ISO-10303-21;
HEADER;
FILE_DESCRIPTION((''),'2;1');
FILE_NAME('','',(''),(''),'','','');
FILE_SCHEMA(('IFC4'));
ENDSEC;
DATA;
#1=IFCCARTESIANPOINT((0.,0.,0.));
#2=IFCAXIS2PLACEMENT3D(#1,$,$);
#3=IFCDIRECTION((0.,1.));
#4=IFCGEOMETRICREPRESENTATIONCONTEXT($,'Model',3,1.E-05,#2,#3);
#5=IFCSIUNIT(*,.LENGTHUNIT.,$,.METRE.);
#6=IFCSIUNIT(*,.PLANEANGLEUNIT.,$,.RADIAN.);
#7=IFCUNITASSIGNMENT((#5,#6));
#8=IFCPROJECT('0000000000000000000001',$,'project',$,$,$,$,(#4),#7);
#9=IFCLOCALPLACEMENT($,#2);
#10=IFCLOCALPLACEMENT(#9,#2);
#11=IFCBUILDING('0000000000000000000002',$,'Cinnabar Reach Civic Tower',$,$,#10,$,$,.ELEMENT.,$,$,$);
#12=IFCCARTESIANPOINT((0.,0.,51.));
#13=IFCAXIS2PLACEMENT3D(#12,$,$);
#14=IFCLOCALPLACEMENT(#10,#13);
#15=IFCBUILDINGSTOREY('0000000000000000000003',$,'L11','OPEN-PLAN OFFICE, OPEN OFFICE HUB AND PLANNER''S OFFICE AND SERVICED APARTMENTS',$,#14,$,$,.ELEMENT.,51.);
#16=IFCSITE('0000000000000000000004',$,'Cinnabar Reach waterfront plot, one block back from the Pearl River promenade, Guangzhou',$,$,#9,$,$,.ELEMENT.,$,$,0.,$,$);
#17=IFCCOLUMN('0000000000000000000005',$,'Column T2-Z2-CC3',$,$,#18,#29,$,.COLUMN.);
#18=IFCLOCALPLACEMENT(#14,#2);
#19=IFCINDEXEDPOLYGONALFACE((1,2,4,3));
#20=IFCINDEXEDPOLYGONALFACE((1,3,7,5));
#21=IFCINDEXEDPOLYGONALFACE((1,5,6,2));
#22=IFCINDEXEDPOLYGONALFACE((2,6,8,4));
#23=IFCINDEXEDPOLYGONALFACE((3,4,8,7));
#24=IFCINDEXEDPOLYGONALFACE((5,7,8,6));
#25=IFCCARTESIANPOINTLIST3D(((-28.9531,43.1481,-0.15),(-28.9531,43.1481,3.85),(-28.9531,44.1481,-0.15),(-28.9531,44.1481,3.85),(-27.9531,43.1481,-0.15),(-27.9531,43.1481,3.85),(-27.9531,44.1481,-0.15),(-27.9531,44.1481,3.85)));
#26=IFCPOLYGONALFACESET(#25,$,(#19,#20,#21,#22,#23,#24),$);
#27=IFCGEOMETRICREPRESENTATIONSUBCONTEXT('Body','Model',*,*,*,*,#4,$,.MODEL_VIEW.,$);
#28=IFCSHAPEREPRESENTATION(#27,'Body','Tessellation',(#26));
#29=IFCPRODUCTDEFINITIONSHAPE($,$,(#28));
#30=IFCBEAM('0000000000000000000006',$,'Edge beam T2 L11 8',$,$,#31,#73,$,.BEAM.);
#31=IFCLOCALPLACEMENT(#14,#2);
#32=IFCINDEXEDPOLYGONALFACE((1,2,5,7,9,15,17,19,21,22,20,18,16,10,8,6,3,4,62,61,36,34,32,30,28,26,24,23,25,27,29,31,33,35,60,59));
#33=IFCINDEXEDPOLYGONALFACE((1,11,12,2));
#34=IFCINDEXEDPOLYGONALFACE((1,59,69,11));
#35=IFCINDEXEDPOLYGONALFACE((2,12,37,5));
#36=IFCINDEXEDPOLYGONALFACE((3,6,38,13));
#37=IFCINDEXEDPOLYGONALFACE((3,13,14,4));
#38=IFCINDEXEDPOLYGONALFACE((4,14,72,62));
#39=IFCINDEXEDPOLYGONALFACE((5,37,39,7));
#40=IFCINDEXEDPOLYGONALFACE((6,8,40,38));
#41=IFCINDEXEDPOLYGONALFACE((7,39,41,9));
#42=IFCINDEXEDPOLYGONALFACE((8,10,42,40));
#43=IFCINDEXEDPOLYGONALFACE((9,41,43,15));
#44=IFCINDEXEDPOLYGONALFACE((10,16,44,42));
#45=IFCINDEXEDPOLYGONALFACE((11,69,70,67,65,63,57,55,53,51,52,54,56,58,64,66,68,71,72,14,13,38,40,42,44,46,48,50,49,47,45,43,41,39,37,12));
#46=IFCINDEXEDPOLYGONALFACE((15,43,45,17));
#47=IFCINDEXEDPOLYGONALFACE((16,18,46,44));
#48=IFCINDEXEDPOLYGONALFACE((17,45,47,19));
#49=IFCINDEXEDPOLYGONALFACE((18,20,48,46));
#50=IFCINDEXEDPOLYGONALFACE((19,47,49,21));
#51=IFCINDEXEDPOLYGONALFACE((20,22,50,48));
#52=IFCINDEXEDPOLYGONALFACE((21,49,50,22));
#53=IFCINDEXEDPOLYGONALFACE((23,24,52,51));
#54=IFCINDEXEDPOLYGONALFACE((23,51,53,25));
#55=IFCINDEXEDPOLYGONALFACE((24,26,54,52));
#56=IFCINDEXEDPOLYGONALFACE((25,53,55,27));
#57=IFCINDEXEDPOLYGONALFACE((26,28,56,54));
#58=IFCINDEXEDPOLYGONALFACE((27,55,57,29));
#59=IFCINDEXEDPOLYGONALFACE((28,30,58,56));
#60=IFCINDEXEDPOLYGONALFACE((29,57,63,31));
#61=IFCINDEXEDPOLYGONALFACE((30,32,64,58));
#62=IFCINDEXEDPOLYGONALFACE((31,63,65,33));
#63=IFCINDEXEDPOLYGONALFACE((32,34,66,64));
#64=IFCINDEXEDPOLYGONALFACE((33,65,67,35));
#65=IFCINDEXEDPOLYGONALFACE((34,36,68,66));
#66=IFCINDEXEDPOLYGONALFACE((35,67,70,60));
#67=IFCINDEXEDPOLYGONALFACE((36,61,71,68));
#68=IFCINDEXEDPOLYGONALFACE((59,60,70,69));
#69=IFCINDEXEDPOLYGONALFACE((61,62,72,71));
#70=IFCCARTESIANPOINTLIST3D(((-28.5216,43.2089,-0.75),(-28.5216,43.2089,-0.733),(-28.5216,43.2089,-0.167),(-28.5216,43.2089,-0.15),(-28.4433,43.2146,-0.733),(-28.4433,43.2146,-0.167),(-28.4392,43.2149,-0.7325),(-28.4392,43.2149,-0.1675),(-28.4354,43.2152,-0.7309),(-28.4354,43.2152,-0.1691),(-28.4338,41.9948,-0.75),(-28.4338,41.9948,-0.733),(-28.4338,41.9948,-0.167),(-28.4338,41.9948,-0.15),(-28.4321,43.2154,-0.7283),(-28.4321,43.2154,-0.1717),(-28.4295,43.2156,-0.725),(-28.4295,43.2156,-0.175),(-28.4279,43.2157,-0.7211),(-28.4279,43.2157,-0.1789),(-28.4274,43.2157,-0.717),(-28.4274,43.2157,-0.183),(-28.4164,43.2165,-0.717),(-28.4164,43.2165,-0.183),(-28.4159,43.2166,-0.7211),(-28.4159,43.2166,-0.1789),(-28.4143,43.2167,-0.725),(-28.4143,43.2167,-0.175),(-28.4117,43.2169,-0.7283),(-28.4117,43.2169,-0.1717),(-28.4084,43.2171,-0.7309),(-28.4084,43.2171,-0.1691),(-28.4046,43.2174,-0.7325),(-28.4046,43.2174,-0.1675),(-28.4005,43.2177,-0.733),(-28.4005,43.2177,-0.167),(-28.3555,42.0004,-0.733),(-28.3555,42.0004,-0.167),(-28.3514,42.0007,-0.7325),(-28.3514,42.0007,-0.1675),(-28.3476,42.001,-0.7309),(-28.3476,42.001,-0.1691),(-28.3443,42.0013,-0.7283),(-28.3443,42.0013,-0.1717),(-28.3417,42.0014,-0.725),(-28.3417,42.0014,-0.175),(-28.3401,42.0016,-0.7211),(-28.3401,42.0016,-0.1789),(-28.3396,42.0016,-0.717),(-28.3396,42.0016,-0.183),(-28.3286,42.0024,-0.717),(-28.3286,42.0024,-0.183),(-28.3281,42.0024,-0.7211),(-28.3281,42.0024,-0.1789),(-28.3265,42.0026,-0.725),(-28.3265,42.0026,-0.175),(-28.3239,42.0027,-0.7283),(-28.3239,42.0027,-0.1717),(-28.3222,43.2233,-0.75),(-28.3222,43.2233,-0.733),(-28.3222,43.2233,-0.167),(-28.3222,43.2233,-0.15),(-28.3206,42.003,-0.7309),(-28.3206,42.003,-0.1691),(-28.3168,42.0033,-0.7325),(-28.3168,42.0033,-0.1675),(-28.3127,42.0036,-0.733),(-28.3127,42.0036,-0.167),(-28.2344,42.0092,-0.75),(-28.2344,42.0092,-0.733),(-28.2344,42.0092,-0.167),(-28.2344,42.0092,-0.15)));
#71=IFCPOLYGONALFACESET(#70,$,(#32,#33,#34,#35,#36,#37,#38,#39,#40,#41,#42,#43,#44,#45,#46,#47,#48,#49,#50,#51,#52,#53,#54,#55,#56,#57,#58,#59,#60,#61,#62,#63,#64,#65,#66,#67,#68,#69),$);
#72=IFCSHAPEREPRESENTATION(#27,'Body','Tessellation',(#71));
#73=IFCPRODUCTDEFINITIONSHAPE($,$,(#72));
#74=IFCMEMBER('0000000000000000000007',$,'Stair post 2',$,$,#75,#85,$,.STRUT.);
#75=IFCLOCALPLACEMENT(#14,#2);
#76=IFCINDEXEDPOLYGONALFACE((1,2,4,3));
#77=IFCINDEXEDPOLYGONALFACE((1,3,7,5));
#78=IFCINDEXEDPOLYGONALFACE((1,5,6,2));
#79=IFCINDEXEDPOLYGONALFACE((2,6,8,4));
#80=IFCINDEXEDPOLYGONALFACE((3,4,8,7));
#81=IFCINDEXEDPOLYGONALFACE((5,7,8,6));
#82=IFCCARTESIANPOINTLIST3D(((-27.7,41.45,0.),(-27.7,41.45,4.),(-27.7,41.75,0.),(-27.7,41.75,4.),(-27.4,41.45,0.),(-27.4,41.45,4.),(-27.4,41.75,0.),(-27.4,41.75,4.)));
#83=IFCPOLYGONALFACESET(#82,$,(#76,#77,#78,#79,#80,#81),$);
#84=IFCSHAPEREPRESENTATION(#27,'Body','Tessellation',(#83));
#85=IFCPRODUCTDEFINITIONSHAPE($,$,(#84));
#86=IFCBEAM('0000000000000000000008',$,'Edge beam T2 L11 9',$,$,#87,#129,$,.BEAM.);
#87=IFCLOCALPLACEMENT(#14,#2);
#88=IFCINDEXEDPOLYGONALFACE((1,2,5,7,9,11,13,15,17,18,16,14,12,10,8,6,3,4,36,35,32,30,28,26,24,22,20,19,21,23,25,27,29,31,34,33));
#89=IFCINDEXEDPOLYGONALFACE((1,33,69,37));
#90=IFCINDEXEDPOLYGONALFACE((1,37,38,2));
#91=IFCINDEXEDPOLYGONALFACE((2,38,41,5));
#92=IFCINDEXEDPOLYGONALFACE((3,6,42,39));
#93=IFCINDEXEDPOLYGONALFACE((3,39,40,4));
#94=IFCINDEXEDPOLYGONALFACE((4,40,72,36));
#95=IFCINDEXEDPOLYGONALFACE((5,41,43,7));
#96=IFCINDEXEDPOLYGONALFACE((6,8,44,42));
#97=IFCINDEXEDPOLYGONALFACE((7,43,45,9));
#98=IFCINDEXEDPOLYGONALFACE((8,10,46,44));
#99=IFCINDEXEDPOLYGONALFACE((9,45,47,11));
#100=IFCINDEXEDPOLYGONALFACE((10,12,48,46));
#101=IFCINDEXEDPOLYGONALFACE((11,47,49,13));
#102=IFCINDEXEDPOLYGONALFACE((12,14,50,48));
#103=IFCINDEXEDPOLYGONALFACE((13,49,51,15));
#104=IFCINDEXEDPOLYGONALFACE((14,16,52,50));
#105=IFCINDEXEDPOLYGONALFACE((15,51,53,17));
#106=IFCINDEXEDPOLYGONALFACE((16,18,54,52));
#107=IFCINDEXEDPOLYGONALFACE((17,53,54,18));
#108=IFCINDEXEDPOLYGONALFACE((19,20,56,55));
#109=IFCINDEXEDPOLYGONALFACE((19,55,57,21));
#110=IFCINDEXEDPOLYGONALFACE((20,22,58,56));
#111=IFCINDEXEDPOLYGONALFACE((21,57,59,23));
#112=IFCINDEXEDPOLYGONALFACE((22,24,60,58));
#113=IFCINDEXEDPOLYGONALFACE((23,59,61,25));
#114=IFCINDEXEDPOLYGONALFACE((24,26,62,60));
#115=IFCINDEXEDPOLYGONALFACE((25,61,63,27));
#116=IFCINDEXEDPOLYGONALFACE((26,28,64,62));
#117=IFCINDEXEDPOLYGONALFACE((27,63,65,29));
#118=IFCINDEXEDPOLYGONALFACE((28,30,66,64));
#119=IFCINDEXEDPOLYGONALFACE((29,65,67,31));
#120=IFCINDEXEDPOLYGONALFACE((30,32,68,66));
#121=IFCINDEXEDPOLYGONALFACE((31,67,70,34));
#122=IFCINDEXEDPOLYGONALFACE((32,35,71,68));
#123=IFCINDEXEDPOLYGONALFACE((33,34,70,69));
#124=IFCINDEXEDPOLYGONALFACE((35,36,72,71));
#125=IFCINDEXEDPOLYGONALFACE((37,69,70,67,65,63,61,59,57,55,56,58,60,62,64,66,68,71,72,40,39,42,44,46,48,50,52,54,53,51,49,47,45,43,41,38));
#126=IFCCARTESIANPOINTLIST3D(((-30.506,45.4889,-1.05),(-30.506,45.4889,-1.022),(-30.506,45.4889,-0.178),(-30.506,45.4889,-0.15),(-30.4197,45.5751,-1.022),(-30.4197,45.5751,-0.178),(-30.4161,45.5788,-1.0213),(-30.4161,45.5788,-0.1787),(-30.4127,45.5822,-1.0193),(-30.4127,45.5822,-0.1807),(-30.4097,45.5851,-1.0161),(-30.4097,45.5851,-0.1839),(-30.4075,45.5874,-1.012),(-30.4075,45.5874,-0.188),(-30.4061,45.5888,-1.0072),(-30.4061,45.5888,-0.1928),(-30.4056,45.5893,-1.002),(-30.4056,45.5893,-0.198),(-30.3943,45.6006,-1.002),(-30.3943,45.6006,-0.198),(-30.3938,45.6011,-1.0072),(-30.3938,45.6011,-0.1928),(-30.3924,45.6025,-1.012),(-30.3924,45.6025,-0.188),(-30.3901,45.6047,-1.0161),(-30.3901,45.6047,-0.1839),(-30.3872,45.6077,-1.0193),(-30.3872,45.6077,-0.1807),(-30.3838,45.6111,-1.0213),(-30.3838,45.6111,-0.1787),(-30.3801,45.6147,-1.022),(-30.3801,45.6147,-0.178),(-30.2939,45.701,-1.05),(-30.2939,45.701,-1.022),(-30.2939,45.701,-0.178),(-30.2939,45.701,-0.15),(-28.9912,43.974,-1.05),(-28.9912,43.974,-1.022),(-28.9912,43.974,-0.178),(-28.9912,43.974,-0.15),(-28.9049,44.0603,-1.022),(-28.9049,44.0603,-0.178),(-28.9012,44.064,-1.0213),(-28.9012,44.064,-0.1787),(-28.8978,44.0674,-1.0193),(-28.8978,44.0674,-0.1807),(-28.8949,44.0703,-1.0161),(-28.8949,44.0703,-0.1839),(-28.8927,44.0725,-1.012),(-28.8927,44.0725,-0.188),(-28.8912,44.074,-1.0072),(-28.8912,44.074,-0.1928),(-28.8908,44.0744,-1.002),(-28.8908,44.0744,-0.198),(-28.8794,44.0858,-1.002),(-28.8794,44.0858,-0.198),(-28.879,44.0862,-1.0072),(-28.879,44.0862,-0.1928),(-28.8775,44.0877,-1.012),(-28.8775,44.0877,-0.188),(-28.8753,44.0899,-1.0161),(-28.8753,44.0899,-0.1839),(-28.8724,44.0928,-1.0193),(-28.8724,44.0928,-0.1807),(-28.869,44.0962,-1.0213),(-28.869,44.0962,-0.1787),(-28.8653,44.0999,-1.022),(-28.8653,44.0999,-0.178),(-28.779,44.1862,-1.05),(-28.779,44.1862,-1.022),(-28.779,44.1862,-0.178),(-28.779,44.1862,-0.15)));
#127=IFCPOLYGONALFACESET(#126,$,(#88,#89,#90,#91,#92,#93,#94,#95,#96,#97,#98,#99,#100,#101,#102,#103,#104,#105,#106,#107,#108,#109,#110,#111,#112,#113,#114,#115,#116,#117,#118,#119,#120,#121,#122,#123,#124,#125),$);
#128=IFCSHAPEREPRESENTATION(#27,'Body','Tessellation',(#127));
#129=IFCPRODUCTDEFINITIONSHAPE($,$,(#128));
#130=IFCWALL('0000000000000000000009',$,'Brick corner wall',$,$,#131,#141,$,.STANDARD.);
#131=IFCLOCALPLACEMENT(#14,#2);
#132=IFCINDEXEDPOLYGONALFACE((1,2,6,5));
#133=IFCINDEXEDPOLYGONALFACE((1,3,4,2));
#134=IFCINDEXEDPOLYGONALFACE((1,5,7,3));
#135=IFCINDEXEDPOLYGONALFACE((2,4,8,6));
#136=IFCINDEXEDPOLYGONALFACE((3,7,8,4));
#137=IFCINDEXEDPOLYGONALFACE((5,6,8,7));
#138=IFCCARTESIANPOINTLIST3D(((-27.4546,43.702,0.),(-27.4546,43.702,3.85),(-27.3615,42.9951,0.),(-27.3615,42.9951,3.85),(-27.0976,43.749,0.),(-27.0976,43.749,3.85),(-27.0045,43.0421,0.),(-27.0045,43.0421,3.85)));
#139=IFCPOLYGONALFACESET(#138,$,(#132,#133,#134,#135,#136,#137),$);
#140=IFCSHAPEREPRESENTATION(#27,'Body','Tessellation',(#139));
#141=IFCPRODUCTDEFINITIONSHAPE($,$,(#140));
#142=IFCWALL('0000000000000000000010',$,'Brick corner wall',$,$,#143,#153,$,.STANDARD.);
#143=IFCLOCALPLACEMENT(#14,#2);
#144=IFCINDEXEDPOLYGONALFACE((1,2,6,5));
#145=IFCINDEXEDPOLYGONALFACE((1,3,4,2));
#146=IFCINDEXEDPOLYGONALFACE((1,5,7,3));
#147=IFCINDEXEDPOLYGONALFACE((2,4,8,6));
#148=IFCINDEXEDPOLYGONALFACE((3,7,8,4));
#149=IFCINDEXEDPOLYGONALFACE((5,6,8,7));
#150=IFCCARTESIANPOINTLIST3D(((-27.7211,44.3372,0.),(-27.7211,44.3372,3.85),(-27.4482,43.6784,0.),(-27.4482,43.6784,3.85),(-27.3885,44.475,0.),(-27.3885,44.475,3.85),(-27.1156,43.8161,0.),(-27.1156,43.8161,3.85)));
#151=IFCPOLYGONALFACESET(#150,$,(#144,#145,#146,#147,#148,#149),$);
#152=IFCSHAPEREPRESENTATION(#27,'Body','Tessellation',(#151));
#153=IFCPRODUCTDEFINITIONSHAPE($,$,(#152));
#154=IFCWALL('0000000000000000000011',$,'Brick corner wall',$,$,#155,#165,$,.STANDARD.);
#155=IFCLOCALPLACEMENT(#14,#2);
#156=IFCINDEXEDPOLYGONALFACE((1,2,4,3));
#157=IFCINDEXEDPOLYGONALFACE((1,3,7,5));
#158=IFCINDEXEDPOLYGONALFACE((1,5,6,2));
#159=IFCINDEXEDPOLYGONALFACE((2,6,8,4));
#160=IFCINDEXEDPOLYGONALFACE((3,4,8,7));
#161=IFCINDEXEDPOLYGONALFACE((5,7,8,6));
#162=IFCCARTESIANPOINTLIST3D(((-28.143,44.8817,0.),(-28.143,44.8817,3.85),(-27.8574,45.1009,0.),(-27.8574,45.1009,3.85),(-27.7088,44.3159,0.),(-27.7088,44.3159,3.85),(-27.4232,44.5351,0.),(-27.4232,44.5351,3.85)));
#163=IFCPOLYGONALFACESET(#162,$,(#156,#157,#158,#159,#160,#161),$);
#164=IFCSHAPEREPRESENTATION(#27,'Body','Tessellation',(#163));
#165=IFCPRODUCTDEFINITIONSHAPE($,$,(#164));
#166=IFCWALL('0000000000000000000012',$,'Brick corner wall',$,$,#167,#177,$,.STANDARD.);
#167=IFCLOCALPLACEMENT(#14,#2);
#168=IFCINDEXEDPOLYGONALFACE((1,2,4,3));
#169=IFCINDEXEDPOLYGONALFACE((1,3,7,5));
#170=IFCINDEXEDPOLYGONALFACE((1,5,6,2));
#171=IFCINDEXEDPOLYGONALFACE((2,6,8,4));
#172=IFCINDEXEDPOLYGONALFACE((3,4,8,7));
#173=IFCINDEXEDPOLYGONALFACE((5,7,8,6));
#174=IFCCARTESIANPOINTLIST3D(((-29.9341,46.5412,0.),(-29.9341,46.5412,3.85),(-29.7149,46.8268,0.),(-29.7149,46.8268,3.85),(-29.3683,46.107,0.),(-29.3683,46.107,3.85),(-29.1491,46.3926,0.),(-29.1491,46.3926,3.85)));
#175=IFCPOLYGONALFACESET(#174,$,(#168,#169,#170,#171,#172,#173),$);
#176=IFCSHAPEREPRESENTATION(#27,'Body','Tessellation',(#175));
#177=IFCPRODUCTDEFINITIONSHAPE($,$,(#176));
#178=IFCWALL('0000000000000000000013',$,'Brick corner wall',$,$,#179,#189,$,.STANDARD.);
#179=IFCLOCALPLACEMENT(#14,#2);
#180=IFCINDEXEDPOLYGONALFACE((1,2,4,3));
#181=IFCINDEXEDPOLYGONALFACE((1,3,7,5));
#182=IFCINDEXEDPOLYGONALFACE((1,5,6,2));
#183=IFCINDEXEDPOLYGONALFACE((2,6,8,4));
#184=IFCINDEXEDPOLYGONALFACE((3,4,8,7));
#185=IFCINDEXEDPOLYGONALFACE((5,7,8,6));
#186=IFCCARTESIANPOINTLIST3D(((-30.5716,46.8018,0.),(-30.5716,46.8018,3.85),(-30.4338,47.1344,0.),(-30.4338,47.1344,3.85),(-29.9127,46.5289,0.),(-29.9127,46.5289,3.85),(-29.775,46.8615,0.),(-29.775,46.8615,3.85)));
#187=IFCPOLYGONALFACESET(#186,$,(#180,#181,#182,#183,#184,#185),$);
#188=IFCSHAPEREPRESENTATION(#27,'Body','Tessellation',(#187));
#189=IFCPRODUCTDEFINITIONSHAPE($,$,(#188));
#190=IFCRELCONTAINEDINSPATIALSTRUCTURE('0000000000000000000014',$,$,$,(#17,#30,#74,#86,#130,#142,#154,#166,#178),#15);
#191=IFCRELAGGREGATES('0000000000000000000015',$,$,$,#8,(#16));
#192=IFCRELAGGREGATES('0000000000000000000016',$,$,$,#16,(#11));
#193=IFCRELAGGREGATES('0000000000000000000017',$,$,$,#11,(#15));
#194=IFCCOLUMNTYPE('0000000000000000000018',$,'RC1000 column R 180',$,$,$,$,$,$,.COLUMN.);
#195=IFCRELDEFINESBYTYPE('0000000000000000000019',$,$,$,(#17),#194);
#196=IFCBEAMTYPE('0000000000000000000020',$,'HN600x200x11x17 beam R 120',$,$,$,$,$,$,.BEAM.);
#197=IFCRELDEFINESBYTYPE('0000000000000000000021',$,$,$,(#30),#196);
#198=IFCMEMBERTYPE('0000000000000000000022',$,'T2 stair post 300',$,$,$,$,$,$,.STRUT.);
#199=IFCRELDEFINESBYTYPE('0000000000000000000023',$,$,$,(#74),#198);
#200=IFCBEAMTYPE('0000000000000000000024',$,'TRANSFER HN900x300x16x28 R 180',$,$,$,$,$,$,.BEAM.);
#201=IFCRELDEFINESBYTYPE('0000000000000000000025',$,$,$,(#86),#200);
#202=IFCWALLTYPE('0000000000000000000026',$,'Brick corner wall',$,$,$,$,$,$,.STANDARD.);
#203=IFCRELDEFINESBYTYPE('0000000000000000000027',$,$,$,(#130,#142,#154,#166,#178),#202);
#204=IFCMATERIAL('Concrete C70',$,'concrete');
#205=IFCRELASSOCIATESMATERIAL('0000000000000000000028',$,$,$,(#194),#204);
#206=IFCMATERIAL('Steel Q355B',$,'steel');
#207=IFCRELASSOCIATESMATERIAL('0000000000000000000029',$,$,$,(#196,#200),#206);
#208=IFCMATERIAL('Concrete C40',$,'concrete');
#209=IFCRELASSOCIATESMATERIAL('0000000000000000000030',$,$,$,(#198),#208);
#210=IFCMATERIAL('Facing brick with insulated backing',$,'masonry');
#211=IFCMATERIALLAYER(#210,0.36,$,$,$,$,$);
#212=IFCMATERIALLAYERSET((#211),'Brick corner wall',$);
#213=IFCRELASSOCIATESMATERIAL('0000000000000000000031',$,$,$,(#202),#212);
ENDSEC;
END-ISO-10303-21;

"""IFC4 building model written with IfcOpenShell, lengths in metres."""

from ifc_helpers import new_model, si_unit, direction, frame, frame_2d, origin, origin_2d, place, context, subcontext, project, spatial, rectangle, i_section, extrude, material, layer, layer_set, material_profile, profile_set, type_object, element, save


model = new_model("IFC4")

# Units and contexts
model_context = context("Model", 3, precision=1e-05, world=origin(), true_north=direction((0.0, 1.0)))
body_context = subcontext(model_context, "Body", "Model", "MODEL_VIEW")
ifc_project = project(units=[si_unit("LENGTHUNIT", "METRE"), si_unit("PLANEANGLEUNIT", "RADIAN")], contexts=[model_context])

# Site, building, storey
site_placement = place(None, origin())
site = spatial("IfcSite", under=ifc_project, at=site_placement, Name="Cinnabar Reach waterfront plot, one block back from the Pearl River promenade, Guangzhou", CompositionType="ELEMENT", RefElevation=0.0)
building_placement = place(site_placement, origin())
building = spatial("IfcBuilding", under=site, at=building_placement, Name="Cinnabar Reach Civic Tower", CompositionType="ELEMENT")
storey_placement = place(building_placement, frame((0.0, 0.0, 51.0)))
storey = spatial("IfcBuildingStorey", under=building, at=storey_placement, Name="L11", Description="OPEN-PLAN OFFICE, OPEN OFFICE HUB AND PLANNER'S OFFICE AND SERVICED APARTMENTS", CompositionType="ELEMENT", Elevation=51.0)

# Column
ifc_material_1 = material(Name="Concrete C70", Category="concrete")
ifc_material_profile_1 = material_profile(ifc_material_1, rectangle(XDim=1.0, YDim=1.0, at=origin_2d()), Name="RC1000")
ifc_profile_set_1 = profile_set([ifc_material_profile_1], Name="Concrete C70")
column_type = type_object("IfcColumnType", Name="RC1000 column R 180", PredefinedType="COLUMN", material=ifc_profile_set_1)
column_placement = place(storey_placement, frame((-28.4531, 43.6481, -0.15), z_axis=(0.0, 0.0, 1.0), x_axis=(1.0, 0.0, 0.0)))
element("IfcColumn", 1, at=column_placement, inside=storey, type_object=column_type, Name="Column T2-Z2-CC3", PredefinedType="COLUMN", context=body_context, shape_type="SweptSolid", body=[
    extrude(rectangle(XDim=1.0, YDim=1.0, at=origin_2d()), origin(), (0.0, 0.0, 1.0), 4.0),
])

# Beam
ifc_material_2 = material(Name="Steel Q355B", Category="steel")
ifc_material_profile_2 = material_profile(ifc_material_2, i_section(OverallWidth=0.2, OverallDepth=0.6, WebThickness=0.011, FlangeThickness=0.017, FilletRadius=0.016, at=origin_2d()), Name="HN600x200x11x17")
ifc_profile_set_2 = profile_set([ifc_material_profile_2], Name="Steel Q355B")
beam_type_1 = type_object("IfcBeamType", Name="HN600x200x11x17 beam R 120", PredefinedType="BEAM", material=ifc_profile_set_2)
beam_1_placement = place(storey_placement, frame((-28.3341, 42.002, -0.45), z_axis=(-0.072129, 0.997395, 0.0), x_axis=(-0.997395, -0.072129, 0.0)))
element("IfcBeam", 2, at=beam_1_placement, inside=storey, type_object=beam_type_1, Name="Edge beam T2 L11 8", PredefinedType="BEAM", context=body_context, shape_type="SweptSolid", body=[
    extrude(i_section(OverallWidth=0.2, OverallDepth=0.6, WebThickness=0.011, FlangeThickness=0.017, FilletRadius=0.016, at=origin_2d()), origin(), (0.0, 0.0, 1.0), 1.2173),
])

# Member
ifc_material_3 = material(Name="Concrete C40", Category="concrete")
ifc_material_profile_3 = material_profile(ifc_material_3, rectangle(XDim=0.3, YDim=0.3, at=origin_2d()), Name="C300")
ifc_profile_set_3 = profile_set([ifc_material_profile_3], Name="Concrete C40")
member_type = type_object("IfcMemberType", Name="T2 stair post 300", PredefinedType="STRUT", material=ifc_profile_set_3)
member_placement = place(storey_placement, frame((-27.55, 41.6, 0.0), z_axis=(0.0, 0.0, 1.0), x_axis=(1.0, 0.0, 0.0)))
element("IfcMember", 3, at=member_placement, inside=storey, type_object=member_type, Name="Stair post 2", PredefinedType="STRUT", context=body_context, shape_type="SweptSolid", body=[
    extrude(rectangle(XDim=0.3, YDim=0.3, at=origin_2d()), origin(), (0.0, 0.0, 1.0), 4.0),
])

# Beam
ifc_material_profile_4 = material_profile(ifc_material_2, i_section(OverallWidth=0.3, OverallDepth=0.9, WebThickness=0.016, FlangeThickness=0.028, FilletRadius=0.02, at=origin_2d()), Name="HN900x300x16x28")
ifc_profile_set_4 = profile_set([ifc_material_profile_4], Name="Steel Q355B")
beam_type_2 = type_object("IfcBeamType", Name="TRANSFER HN900x300x16x28 R 180", PredefinedType="BEAM", material=ifc_profile_set_4)
beam_2_placement = place(storey_placement, frame((-28.8851, 44.0801, -0.6), z_axis=(-0.707107, 0.707107, 0.0), x_axis=(-0.707107, -0.707107, 0.0)))
element("IfcBeam", 4, at=beam_2_placement, inside=storey, type_object=beam_type_2, Name="Edge beam T2 L11 9", PredefinedType="BEAM", context=body_context, shape_type="SweptSolid", body=[
    extrude(i_section(OverallWidth=0.3, OverallDepth=0.9, WebThickness=0.016, FlangeThickness=0.028, FilletRadius=0.02, at=origin_2d()), origin(), (0.0, 0.0, 1.0), 2.1423),
])

# Walls
ifc_material_4 = material(Name="Facing brick with insulated backing", Category="masonry")
ifc_layer_1 = layer(ifc_material_4, 0.36)
ifc_layer_set_1 = layer_set([ifc_layer_1], Name="Brick corner wall")
wall_type_1 = type_object("IfcWallType", Name="Brick corner wall", PredefinedType="STANDARD", material=ifc_layer_set_1)
for number, where, z_axis, x_axis, name in (
    (5, (-27.183, 43.0186, 0.0), (0.0, 0.0, 1.0), (-0.130556, 0.991441, 0.0), "Brick corner wall"),
    (6, (-27.2819, 43.7473, 0.0), (0.0, 0.0, 1.0), (-0.382703, 0.923872, 0.0), "Brick corner wall"),
):
    element("IfcWall", number, at=place(storey_placement, frame(where, z_axis=z_axis, x_axis=x_axis)), inside=storey, type_object=wall_type_1, Name=name, PredefinedType="STANDARD", context=body_context, shape_type="SweptSolid", body=[
        extrude(rectangle(XDim=0.7131, YDim=0.36, at=frame_2d((0.3565, 0.0))), origin(), (0.0, 0.0, 1.0), 3.85),
    ])
for number, where, z_axis, x_axis, name in (
    (7, (-27.566, 44.4255, 0.0), (0.0, 0.0, 1.0), (-0.608802, 0.793322, 0.0), "Brick corner wall"),
    (8, (-29.2587, 46.2498, 0.0), (0.0, 0.0, 1.0), (-0.793322, 0.608802, 0.0), "Brick corner wall"),
):
    element("IfcWall", number, at=place(storey_placement, frame(where, z_axis=z_axis, x_axis=x_axis)), inside=storey, type_object=wall_type_1, Name=name, PredefinedType="STANDARD", context=body_context, shape_type="SweptSolid", body=[
        extrude(rectangle(XDim=0.7132, YDim=0.36, at=frame_2d((0.3566, 0.0))), origin(), (0.0, 0.0, 1.0), 3.85),
    ])
for number, where, z_axis, x_axis, name in (
    (9, (-29.8439, 46.6952, 0.0), (0.0, 0.0, 1.0), (-0.923872, 0.382703, 0.0), "Brick corner wall"),
):
    element("IfcWall", number, at=place(storey_placement, frame(where, z_axis=z_axis, x_axis=x_axis)), inside=storey, type_object=wall_type_1, Name=name, PredefinedType="STANDARD", context=body_context, shape_type="SweptSolid", body=[
        extrude(rectangle(XDim=0.7131, YDim=0.36, at=frame_2d((0.3565, 0.0))), origin(), (0.0, 0.0, 1.0), 3.85),
    ])

save(model, "model.ifc")
